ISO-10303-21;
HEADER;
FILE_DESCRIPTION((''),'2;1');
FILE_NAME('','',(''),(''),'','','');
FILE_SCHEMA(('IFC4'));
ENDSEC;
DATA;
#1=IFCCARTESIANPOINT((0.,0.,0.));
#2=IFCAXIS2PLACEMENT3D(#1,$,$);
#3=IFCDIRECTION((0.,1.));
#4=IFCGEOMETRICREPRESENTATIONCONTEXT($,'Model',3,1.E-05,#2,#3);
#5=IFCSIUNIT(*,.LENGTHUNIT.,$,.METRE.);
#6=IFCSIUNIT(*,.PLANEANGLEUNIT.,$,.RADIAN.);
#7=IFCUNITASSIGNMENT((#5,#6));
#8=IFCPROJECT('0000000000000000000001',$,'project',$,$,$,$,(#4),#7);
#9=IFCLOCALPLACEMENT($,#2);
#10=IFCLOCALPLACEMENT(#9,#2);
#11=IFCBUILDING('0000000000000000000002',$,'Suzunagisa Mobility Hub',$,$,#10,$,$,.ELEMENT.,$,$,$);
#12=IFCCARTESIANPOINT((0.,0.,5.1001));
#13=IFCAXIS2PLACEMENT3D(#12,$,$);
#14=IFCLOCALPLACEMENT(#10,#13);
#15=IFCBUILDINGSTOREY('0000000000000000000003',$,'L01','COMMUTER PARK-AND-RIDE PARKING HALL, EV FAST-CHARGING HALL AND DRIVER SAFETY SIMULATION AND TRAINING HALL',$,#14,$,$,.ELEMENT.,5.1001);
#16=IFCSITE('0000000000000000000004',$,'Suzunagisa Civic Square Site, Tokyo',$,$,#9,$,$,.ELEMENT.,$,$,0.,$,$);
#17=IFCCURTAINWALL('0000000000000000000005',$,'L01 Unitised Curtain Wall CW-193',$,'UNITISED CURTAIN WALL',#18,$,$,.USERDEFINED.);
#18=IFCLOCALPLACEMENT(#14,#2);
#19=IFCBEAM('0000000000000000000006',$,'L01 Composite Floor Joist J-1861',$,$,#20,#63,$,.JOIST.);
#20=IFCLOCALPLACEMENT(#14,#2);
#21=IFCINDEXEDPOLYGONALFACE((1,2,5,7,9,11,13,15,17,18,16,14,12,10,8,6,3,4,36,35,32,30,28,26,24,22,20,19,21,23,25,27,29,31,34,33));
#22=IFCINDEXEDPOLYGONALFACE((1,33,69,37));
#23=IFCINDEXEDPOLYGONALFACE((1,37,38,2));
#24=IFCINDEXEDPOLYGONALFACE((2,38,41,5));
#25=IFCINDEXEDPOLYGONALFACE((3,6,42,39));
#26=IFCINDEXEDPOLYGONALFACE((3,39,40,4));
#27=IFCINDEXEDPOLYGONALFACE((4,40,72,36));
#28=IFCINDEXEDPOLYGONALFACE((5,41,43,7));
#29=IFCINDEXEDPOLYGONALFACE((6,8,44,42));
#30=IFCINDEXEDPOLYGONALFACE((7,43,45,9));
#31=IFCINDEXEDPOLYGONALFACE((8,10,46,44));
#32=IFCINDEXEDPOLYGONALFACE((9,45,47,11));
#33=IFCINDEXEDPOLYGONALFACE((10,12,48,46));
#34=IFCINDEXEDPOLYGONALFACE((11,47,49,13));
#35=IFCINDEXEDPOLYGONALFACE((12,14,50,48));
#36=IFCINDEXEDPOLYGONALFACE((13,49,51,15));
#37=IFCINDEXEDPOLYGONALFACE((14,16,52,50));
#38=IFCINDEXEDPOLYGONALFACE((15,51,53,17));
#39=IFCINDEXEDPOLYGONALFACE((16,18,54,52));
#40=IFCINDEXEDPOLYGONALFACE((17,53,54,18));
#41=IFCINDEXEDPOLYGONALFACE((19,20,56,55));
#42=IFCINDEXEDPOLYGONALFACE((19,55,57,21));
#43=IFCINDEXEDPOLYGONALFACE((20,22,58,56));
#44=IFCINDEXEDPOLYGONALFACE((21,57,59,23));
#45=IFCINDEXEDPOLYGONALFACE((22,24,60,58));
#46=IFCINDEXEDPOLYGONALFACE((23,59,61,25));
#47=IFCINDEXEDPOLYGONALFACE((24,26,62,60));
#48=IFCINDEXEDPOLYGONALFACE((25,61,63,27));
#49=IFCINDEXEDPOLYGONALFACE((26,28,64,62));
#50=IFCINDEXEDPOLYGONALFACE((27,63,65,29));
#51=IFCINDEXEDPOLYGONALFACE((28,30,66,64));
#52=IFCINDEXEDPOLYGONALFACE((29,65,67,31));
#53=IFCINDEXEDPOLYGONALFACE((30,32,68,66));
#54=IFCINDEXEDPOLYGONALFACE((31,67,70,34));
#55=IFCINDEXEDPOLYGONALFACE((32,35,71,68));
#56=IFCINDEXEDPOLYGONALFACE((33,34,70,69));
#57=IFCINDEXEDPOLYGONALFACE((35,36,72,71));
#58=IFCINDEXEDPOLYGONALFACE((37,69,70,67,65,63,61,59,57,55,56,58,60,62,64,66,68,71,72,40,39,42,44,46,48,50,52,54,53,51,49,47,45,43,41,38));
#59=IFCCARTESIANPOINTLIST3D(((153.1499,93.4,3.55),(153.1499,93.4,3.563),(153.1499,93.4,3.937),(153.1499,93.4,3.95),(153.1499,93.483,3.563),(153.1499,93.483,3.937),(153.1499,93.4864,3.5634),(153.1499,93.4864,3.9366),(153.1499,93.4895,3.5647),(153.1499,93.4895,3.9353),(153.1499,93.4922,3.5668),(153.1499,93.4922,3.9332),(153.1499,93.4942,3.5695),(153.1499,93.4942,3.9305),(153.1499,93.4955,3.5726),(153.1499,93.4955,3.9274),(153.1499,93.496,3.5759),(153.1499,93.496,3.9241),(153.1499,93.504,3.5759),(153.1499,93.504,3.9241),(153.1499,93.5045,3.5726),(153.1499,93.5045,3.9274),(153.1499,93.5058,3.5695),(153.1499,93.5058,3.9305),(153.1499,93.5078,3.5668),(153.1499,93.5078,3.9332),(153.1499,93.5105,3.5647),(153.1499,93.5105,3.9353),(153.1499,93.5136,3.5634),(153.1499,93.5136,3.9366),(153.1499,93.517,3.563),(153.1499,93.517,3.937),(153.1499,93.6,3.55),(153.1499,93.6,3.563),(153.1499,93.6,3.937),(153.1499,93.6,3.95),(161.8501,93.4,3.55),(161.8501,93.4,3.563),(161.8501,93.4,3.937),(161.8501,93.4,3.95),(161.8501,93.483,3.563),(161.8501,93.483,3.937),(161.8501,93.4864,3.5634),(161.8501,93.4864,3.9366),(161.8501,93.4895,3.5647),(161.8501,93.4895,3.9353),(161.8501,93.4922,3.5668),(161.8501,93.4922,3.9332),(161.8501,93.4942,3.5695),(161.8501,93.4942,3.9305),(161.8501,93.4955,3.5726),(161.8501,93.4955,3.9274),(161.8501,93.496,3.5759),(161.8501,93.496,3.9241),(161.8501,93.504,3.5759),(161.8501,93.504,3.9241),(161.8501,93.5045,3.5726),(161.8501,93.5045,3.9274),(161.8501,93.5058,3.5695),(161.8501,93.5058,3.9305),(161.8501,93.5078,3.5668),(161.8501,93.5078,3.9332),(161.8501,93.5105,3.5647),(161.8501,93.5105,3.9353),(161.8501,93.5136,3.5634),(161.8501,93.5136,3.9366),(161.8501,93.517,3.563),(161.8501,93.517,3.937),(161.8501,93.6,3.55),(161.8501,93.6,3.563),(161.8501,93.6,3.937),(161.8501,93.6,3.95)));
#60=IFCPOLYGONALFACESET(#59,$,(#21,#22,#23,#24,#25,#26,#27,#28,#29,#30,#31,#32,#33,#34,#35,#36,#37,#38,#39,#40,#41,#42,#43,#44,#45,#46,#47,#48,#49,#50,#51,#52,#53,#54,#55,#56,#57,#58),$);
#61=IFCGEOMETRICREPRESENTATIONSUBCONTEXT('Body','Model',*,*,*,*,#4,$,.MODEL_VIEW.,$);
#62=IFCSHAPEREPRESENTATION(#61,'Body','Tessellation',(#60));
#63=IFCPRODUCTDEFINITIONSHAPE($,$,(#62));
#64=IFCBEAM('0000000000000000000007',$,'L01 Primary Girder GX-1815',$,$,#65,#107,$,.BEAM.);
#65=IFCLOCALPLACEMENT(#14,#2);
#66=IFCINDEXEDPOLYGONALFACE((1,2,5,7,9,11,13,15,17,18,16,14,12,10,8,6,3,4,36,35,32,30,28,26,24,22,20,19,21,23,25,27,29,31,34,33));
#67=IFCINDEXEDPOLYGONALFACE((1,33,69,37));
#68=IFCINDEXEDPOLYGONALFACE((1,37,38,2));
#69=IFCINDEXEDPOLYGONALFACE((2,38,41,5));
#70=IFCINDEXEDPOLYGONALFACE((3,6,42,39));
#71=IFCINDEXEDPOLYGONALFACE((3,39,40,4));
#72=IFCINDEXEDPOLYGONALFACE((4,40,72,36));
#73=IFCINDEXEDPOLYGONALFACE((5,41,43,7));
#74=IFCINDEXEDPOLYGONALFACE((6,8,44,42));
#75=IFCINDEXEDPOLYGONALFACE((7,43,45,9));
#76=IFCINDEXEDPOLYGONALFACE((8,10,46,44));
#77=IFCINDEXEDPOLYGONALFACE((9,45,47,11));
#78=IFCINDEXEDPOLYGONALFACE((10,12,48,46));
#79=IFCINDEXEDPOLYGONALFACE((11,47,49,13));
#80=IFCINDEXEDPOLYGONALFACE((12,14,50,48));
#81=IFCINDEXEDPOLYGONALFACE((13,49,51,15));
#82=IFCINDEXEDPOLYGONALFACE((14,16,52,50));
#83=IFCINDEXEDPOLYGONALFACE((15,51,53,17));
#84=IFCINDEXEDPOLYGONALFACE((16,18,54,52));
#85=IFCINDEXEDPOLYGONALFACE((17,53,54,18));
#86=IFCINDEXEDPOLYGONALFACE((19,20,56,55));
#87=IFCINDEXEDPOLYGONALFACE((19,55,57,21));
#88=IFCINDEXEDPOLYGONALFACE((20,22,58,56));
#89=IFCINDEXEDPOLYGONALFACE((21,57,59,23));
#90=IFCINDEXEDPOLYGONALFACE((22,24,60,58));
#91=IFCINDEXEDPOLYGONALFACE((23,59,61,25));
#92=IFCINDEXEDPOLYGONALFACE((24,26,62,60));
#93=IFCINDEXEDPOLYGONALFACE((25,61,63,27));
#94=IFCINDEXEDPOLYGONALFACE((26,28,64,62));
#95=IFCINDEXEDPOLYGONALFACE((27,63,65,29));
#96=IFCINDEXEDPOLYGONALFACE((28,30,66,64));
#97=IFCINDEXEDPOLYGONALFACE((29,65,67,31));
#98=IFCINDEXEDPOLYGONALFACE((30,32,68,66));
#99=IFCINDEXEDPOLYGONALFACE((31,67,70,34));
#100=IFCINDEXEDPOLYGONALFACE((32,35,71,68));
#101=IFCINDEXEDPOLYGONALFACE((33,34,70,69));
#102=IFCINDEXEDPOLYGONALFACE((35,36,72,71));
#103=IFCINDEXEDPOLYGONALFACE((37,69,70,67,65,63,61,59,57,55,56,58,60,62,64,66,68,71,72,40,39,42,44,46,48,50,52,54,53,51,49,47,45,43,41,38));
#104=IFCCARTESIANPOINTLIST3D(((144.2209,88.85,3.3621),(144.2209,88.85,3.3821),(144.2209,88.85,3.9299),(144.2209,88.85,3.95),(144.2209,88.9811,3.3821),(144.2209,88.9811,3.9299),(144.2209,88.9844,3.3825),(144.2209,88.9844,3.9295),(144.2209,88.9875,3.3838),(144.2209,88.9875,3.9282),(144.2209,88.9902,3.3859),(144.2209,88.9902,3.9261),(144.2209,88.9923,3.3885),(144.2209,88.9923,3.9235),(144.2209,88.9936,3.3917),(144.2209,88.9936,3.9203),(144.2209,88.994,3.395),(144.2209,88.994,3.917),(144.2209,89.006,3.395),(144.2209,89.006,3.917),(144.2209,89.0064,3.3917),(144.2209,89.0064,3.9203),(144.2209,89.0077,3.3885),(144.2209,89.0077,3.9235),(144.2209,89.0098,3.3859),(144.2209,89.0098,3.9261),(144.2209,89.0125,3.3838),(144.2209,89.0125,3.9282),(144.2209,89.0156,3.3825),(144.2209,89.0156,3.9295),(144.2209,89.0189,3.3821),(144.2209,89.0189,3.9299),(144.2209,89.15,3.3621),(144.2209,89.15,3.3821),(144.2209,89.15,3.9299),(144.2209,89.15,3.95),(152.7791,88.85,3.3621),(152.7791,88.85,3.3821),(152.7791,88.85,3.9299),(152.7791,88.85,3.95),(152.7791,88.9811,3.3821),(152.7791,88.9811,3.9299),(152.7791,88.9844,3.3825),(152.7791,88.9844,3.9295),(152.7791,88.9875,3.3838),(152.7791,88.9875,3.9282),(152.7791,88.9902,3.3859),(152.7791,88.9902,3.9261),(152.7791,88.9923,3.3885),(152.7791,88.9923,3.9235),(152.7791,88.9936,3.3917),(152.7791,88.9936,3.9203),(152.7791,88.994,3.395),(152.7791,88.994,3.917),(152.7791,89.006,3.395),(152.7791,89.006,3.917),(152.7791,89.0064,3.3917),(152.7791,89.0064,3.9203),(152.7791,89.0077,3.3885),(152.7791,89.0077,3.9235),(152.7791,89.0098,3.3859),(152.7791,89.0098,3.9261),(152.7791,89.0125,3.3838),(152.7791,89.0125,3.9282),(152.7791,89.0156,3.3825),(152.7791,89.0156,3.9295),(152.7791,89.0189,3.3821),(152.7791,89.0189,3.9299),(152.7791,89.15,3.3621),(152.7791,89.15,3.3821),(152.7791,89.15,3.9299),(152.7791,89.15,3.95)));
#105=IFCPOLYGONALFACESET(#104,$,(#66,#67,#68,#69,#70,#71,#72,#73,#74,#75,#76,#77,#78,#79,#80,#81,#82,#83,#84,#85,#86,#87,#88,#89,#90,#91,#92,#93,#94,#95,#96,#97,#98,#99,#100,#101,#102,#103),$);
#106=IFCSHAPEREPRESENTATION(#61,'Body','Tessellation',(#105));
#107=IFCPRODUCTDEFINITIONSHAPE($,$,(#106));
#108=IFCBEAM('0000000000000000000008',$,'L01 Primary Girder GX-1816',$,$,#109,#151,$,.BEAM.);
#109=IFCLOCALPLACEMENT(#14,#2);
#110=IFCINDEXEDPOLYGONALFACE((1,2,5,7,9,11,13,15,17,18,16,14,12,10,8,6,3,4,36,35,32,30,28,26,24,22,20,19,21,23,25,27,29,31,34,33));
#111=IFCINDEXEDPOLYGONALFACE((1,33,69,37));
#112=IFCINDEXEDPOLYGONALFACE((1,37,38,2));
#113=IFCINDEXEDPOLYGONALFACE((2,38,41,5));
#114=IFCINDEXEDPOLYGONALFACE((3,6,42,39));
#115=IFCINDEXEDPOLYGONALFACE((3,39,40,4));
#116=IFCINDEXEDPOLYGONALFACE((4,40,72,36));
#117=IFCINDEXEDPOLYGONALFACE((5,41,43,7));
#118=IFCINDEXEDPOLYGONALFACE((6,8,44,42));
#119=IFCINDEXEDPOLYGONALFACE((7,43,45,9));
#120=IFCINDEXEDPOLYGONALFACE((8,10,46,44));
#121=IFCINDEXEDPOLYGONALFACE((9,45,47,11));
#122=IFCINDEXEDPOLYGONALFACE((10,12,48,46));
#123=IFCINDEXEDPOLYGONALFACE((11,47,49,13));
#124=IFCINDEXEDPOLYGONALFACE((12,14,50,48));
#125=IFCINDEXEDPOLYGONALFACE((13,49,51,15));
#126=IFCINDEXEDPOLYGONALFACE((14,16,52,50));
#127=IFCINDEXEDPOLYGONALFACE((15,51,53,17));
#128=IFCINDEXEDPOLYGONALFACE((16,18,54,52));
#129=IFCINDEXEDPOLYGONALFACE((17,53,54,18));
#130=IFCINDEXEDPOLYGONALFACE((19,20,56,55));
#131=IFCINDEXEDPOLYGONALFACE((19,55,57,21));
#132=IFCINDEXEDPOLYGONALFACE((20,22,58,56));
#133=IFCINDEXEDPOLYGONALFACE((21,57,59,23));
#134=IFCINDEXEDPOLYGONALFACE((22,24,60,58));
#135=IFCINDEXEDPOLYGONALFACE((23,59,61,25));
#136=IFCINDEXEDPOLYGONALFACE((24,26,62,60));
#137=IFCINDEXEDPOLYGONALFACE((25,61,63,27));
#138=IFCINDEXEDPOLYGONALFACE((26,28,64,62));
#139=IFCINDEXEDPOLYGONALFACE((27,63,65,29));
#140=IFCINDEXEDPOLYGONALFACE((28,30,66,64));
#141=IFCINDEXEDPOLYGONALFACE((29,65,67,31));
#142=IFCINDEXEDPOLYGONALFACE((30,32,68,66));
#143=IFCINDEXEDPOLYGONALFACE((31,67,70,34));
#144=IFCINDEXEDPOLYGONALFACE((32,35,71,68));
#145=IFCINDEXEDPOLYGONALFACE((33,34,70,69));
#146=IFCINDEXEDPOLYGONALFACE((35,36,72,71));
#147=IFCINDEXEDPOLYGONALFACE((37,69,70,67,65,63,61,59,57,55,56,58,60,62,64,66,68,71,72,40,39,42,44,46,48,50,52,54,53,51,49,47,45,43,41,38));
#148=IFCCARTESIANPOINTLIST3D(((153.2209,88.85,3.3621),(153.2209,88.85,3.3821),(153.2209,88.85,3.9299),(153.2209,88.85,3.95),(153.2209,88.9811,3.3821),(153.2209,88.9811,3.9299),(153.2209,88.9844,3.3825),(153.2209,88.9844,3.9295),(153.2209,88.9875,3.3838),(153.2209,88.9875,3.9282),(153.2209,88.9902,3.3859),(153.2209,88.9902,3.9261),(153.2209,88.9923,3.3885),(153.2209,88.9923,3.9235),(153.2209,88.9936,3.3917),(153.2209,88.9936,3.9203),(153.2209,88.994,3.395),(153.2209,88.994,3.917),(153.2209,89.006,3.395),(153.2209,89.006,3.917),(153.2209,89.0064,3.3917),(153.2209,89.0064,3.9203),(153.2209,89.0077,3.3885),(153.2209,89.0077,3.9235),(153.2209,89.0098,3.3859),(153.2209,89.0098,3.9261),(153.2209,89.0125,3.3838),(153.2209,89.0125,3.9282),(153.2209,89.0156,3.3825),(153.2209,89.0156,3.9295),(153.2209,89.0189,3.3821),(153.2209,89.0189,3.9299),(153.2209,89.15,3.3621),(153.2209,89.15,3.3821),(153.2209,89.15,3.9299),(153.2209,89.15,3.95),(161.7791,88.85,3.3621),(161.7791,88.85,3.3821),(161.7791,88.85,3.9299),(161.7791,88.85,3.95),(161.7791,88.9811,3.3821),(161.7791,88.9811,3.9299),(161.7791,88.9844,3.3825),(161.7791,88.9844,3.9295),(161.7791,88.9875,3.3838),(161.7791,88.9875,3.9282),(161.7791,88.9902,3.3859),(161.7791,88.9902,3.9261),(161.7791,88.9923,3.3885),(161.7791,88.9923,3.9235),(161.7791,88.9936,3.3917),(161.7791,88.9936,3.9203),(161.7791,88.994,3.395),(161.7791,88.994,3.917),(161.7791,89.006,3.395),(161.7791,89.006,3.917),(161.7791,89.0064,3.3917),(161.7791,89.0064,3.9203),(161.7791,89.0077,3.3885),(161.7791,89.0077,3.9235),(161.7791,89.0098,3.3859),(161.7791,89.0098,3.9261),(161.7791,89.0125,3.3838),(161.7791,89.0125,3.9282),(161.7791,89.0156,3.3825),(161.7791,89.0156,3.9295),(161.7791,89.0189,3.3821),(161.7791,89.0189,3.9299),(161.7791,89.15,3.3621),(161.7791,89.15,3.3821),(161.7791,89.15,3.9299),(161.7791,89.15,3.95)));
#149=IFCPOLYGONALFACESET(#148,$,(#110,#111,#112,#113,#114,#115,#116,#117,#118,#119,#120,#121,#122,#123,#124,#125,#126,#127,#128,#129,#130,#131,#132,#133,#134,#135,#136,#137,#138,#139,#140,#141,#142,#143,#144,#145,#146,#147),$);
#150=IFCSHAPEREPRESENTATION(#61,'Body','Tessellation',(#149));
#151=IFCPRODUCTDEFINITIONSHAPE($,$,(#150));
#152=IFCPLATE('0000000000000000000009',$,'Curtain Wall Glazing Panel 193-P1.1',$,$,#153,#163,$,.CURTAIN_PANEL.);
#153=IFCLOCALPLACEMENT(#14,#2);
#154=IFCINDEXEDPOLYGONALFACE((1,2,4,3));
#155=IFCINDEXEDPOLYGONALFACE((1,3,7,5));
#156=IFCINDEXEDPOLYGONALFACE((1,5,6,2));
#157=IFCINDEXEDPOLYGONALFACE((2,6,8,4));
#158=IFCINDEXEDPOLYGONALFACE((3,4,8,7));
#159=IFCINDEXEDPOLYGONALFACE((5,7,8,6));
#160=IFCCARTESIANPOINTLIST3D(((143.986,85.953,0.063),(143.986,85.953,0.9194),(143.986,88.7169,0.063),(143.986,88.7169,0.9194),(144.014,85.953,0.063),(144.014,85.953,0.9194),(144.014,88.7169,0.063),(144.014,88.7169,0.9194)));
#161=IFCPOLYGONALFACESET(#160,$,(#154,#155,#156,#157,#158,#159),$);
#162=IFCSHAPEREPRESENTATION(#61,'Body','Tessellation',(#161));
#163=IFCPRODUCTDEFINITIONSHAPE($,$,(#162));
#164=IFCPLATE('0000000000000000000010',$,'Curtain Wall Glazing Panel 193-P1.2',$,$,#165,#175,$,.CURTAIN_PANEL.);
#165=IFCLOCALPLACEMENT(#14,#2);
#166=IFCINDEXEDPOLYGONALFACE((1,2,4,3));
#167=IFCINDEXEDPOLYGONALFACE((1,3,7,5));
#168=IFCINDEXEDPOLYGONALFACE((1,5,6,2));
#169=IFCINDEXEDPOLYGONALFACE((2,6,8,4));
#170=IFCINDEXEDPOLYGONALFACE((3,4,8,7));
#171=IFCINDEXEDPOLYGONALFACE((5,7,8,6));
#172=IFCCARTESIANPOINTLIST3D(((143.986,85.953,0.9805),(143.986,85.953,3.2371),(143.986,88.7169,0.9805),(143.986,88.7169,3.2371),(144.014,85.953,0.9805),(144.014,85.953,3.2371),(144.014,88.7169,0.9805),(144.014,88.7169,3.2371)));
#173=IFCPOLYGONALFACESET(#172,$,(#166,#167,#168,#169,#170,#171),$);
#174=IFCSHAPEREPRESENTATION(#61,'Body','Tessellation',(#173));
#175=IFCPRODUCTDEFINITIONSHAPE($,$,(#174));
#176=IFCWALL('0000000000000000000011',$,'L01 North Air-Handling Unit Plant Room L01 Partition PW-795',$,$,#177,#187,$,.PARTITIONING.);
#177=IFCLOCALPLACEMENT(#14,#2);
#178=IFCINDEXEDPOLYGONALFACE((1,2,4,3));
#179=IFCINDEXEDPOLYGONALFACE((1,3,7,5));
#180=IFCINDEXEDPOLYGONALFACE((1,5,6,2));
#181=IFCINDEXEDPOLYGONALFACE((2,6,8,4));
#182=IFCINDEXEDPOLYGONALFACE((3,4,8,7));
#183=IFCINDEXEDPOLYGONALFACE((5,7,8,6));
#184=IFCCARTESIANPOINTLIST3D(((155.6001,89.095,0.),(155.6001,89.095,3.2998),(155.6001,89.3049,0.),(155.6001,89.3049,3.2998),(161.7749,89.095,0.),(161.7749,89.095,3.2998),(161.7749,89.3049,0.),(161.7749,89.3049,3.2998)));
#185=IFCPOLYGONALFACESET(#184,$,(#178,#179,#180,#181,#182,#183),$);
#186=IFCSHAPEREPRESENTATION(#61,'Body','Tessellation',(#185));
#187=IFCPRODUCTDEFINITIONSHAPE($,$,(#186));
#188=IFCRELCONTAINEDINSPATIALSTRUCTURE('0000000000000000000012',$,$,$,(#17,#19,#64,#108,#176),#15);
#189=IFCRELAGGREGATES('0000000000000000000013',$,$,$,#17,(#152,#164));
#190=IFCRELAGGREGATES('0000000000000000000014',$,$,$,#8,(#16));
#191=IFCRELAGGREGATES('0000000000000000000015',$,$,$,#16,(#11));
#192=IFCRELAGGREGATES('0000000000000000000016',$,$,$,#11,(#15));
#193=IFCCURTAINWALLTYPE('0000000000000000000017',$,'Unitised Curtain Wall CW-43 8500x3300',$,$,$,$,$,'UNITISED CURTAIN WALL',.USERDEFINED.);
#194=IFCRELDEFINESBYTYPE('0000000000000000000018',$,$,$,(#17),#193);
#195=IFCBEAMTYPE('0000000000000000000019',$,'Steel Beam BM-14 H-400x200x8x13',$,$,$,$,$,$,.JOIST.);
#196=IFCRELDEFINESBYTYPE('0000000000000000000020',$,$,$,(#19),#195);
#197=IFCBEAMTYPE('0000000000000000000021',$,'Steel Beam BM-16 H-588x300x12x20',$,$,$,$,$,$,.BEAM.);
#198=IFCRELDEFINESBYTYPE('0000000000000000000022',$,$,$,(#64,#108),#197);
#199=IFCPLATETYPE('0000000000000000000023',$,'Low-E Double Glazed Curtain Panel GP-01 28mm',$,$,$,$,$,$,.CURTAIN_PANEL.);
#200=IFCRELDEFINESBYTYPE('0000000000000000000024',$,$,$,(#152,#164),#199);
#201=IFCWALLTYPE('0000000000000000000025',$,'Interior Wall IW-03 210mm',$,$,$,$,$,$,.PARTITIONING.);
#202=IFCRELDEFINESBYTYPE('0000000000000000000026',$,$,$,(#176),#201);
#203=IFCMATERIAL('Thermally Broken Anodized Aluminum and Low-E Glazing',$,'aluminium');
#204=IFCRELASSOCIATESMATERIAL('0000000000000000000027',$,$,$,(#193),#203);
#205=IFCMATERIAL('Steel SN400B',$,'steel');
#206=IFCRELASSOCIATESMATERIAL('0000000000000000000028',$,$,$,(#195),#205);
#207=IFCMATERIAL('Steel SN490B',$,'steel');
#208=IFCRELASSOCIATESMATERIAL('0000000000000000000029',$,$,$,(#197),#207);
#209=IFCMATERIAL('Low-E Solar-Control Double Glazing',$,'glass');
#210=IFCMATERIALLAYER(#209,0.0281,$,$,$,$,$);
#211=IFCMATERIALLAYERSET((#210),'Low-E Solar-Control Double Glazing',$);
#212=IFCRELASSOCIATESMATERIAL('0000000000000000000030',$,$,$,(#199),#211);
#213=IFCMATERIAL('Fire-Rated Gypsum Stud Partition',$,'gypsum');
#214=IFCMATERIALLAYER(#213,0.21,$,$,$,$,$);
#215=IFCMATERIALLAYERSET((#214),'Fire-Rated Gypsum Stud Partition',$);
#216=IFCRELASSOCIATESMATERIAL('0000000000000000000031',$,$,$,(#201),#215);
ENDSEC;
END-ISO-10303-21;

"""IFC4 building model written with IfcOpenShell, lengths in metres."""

from ifc_helpers import new_model, si_unit, direction, frame, frame_2d, origin, origin_2d, place, context, subcontext, project, spatial, rectangle, i_section, extrude, material, layer, layer_set, material_profile, profile_set, type_object, element, aggregate, save


model = new_model("IFC4")

# Units and contexts
model_context = context("Model", 3, precision=1e-05, world=origin(), true_north=direction((0.0, 1.0)))
body_context = subcontext(model_context, "Body", "Model", "MODEL_VIEW")
ifc_project = project(units=[si_unit("LENGTHUNIT", "METRE"), si_unit("PLANEANGLEUNIT", "RADIAN")], contexts=[model_context])

# Site, building, storey
site_placement = place(None, origin())
site = spatial("IfcSite", under=ifc_project, at=site_placement, Name="Suzunagisa Civic Square Site, Tokyo", CompositionType="ELEMENT", RefElevation=0.0)
building_placement = place(site_placement, origin())
building = spatial("IfcBuilding", under=site, at=building_placement, Name="Suzunagisa Mobility Hub", CompositionType="ELEMENT")
storey_placement = place(building_placement, frame((0.0, 0.0, 5.1001)))
storey = spatial("IfcBuildingStorey", under=building, at=storey_placement, Name="L01", Description="COMMUTER PARK-AND-RIDE PARKING HALL, EV FAST-CHARGING HALL AND DRIVER SAFETY SIMULATION AND TRAINING HALL", CompositionType="ELEMENT", Elevation=5.1001)

# Shared definitions
ifc_material_1 = material(Name="Steel SN490B", Category="steel")

# Curtain wall
ifc_material_2 = material(Name="Thermally Broken Anodized Aluminum and Low-E Glazing", Category="aluminium")
curtain_wall_type = type_object("IfcCurtainWallType", Name="Unitised Curtain Wall CW-43 8500x3300", ElementType="UNITISED CURTAIN WALL", PredefinedType="USERDEFINED", material=ifc_material_2)
curtain_wall_placement = place(storey_placement, origin())
curtain_wall = element("IfcCurtainWall", 1, at=curtain_wall_placement, inside=storey, type_object=curtain_wall_type, Name="L01 Unitised Curtain Wall CW-193", ObjectType="UNITISED CURTAIN WALL", PredefinedType="USERDEFINED")

# Beams
ifc_material_3 = material(Name="Steel SN400B", Category="steel")
ifc_material_profile_1 = material_profile(ifc_material_3, i_section(OverallWidth=0.2, OverallDepth=0.3999, WebThickness=0.0081, FlangeThickness=0.0129, FilletRadius=0.0129, at=origin_2d()), Name="H-400x200x8x13")
ifc_profile_set_1 = profile_set([ifc_material_profile_1], Name="Steel SN400B")
beam_type_1 = type_object("IfcBeamType", Name="Steel Beam BM-14 H-400x200x8x13", PredefinedType="JOIST", material=ifc_profile_set_1)
for number, where, z_axis, x_axis, name in (
    (2, (153.1499, 93.5, 3.75), (1.0, 0.0, 0.0), (0.0, 1.0, 0.0), "L01 Composite Floor Joist J-1861"),
):
    element("IfcBeam", number, at=place(storey_placement, frame(where, z_axis=z_axis, x_axis=x_axis)), inside=storey, type_object=beam_type_1, Name=name, PredefinedType="JOIST", context=body_context, shape_type="SweptSolid", body=[
        extrude(i_section(OverallWidth=0.2, OverallDepth=0.3999, WebThickness=0.0081, FlangeThickness=0.0129, FilletRadius=0.0129, at=origin_2d()), origin(), (0.0, 0.0, 1.0), 8.7002),
    ])
ifc_material_profile_2 = material_profile(ifc_material_1, i_section(OverallWidth=0.3, OverallDepth=0.5879, WebThickness=0.012, FlangeThickness=0.02, FilletRadius=0.0129, at=origin_2d()), Name="H-588x300x12x20")
ifc_profile_set_2 = profile_set([ifc_material_profile_2], Name="Steel SN490B")
beam_type_2 = type_object("IfcBeamType", Name="Steel Beam BM-16 H-588x300x12x20", PredefinedType="BEAM", material=ifc_profile_set_2)
for number, where, z_axis, x_axis, name in (
    (3, (144.2209, 89.0, 3.656), (1.0, 0.0, 0.0), (0.0, 1.0, 0.0), "L01 Primary Girder GX-1815"),
    (4, (153.2209, 89.0, 3.656), (1.0, 0.0, 0.0), (0.0, 1.0, 0.0), "L01 Primary Girder GX-1816"),
):
    element("IfcBeam", number, at=place(storey_placement, frame(where, z_axis=z_axis, x_axis=x_axis)), inside=storey, type_object=beam_type_2, Name=name, PredefinedType="BEAM", context=body_context, shape_type="SweptSolid", body=[
        extrude(i_section(OverallWidth=0.3, OverallDepth=0.5879, WebThickness=0.012, FlangeThickness=0.02, FilletRadius=0.0129, at=origin_2d()), origin(), (0.0, 0.0, 1.0), 8.5581),
    ])

# Plates
ifc_material_4 = material(Name="Low-E Solar-Control Double Glazing", Category="glass")
ifc_layer_1 = layer(ifc_material_4, 0.0281)
ifc_layer_set_1 = layer_set([ifc_layer_1], Name="Low-E Solar-Control Double Glazing")
plate_type = type_object("IfcPlateType", Name="Low-E Double Glazed Curtain Panel GP-01 28mm", PredefinedType="CURTAIN_PANEL", material=ifc_layer_set_1)
plate_1_placement = place(storey_placement, frame((144.0, 87.335, 0.063), z_axis=(0.0, 0.0, 1.0), x_axis=(0.0, -1.0, 0.0)))
plate_1 = element("IfcPlate", 5, at=plate_1_placement, type_object=plate_type, Name="Curtain Wall Glazing Panel 193-P1.1", PredefinedType="CURTAIN_PANEL", context=body_context, shape_type="SweptSolid", body=[
    extrude(rectangle(XDim=2.7639, YDim=0.0281, at=origin_2d()), origin(), (0.0, 0.0, 1.0), 0.8564),
])
plate_2_placement = place(storey_placement, frame((144.0, 87.335, 0.9805), z_axis=(0.0, 0.0, 1.0), x_axis=(0.0, -1.0, 0.0)))
plate_2 = element("IfcPlate", 6, at=plate_2_placement, type_object=plate_type, Name="Curtain Wall Glazing Panel 193-P1.2", PredefinedType="CURTAIN_PANEL", context=body_context, shape_type="SweptSolid", body=[
    extrude(rectangle(XDim=2.7639, YDim=0.0281, at=origin_2d()), origin(), (0.0, 0.0, 1.0), 2.2566),
])
aggregate(curtain_wall, [plate_1, plate_2])

# Wall
ifc_material_5 = material(Name="Fire-Rated Gypsum Stud Partition", Category="gypsum")
ifc_layer_2 = layer(ifc_material_5, 0.21)
ifc_layer_set_2 = layer_set([ifc_layer_2], Name="Fire-Rated Gypsum Stud Partition")
wall_type_1 = type_object("IfcWallType", Name="Interior Wall IW-03 210mm", PredefinedType="PARTITIONING", material=ifc_layer_set_2)
wall_1_placement = place(storey_placement, frame((155.6001, 89.2, 0.0), z_axis=(0.0, 0.0, 1.0), x_axis=(1.0, 0.0, 0.0)))
element("IfcWall", 7, at=wall_1_placement, inside=storey, type_object=wall_type_1, Name="L01 North Air-Handling Unit Plant Room L01 Partition PW-795", PredefinedType="PARTITIONING", context=body_context, shape_type="SweptSolid", body=[
    extrude(rectangle(XDim=6.1748, YDim=0.21, at=frame_2d((3.0874, 0.0))), origin(), (0.0, 0.0, 1.0), 3.2998),
])

save(model, "model.ifc")
